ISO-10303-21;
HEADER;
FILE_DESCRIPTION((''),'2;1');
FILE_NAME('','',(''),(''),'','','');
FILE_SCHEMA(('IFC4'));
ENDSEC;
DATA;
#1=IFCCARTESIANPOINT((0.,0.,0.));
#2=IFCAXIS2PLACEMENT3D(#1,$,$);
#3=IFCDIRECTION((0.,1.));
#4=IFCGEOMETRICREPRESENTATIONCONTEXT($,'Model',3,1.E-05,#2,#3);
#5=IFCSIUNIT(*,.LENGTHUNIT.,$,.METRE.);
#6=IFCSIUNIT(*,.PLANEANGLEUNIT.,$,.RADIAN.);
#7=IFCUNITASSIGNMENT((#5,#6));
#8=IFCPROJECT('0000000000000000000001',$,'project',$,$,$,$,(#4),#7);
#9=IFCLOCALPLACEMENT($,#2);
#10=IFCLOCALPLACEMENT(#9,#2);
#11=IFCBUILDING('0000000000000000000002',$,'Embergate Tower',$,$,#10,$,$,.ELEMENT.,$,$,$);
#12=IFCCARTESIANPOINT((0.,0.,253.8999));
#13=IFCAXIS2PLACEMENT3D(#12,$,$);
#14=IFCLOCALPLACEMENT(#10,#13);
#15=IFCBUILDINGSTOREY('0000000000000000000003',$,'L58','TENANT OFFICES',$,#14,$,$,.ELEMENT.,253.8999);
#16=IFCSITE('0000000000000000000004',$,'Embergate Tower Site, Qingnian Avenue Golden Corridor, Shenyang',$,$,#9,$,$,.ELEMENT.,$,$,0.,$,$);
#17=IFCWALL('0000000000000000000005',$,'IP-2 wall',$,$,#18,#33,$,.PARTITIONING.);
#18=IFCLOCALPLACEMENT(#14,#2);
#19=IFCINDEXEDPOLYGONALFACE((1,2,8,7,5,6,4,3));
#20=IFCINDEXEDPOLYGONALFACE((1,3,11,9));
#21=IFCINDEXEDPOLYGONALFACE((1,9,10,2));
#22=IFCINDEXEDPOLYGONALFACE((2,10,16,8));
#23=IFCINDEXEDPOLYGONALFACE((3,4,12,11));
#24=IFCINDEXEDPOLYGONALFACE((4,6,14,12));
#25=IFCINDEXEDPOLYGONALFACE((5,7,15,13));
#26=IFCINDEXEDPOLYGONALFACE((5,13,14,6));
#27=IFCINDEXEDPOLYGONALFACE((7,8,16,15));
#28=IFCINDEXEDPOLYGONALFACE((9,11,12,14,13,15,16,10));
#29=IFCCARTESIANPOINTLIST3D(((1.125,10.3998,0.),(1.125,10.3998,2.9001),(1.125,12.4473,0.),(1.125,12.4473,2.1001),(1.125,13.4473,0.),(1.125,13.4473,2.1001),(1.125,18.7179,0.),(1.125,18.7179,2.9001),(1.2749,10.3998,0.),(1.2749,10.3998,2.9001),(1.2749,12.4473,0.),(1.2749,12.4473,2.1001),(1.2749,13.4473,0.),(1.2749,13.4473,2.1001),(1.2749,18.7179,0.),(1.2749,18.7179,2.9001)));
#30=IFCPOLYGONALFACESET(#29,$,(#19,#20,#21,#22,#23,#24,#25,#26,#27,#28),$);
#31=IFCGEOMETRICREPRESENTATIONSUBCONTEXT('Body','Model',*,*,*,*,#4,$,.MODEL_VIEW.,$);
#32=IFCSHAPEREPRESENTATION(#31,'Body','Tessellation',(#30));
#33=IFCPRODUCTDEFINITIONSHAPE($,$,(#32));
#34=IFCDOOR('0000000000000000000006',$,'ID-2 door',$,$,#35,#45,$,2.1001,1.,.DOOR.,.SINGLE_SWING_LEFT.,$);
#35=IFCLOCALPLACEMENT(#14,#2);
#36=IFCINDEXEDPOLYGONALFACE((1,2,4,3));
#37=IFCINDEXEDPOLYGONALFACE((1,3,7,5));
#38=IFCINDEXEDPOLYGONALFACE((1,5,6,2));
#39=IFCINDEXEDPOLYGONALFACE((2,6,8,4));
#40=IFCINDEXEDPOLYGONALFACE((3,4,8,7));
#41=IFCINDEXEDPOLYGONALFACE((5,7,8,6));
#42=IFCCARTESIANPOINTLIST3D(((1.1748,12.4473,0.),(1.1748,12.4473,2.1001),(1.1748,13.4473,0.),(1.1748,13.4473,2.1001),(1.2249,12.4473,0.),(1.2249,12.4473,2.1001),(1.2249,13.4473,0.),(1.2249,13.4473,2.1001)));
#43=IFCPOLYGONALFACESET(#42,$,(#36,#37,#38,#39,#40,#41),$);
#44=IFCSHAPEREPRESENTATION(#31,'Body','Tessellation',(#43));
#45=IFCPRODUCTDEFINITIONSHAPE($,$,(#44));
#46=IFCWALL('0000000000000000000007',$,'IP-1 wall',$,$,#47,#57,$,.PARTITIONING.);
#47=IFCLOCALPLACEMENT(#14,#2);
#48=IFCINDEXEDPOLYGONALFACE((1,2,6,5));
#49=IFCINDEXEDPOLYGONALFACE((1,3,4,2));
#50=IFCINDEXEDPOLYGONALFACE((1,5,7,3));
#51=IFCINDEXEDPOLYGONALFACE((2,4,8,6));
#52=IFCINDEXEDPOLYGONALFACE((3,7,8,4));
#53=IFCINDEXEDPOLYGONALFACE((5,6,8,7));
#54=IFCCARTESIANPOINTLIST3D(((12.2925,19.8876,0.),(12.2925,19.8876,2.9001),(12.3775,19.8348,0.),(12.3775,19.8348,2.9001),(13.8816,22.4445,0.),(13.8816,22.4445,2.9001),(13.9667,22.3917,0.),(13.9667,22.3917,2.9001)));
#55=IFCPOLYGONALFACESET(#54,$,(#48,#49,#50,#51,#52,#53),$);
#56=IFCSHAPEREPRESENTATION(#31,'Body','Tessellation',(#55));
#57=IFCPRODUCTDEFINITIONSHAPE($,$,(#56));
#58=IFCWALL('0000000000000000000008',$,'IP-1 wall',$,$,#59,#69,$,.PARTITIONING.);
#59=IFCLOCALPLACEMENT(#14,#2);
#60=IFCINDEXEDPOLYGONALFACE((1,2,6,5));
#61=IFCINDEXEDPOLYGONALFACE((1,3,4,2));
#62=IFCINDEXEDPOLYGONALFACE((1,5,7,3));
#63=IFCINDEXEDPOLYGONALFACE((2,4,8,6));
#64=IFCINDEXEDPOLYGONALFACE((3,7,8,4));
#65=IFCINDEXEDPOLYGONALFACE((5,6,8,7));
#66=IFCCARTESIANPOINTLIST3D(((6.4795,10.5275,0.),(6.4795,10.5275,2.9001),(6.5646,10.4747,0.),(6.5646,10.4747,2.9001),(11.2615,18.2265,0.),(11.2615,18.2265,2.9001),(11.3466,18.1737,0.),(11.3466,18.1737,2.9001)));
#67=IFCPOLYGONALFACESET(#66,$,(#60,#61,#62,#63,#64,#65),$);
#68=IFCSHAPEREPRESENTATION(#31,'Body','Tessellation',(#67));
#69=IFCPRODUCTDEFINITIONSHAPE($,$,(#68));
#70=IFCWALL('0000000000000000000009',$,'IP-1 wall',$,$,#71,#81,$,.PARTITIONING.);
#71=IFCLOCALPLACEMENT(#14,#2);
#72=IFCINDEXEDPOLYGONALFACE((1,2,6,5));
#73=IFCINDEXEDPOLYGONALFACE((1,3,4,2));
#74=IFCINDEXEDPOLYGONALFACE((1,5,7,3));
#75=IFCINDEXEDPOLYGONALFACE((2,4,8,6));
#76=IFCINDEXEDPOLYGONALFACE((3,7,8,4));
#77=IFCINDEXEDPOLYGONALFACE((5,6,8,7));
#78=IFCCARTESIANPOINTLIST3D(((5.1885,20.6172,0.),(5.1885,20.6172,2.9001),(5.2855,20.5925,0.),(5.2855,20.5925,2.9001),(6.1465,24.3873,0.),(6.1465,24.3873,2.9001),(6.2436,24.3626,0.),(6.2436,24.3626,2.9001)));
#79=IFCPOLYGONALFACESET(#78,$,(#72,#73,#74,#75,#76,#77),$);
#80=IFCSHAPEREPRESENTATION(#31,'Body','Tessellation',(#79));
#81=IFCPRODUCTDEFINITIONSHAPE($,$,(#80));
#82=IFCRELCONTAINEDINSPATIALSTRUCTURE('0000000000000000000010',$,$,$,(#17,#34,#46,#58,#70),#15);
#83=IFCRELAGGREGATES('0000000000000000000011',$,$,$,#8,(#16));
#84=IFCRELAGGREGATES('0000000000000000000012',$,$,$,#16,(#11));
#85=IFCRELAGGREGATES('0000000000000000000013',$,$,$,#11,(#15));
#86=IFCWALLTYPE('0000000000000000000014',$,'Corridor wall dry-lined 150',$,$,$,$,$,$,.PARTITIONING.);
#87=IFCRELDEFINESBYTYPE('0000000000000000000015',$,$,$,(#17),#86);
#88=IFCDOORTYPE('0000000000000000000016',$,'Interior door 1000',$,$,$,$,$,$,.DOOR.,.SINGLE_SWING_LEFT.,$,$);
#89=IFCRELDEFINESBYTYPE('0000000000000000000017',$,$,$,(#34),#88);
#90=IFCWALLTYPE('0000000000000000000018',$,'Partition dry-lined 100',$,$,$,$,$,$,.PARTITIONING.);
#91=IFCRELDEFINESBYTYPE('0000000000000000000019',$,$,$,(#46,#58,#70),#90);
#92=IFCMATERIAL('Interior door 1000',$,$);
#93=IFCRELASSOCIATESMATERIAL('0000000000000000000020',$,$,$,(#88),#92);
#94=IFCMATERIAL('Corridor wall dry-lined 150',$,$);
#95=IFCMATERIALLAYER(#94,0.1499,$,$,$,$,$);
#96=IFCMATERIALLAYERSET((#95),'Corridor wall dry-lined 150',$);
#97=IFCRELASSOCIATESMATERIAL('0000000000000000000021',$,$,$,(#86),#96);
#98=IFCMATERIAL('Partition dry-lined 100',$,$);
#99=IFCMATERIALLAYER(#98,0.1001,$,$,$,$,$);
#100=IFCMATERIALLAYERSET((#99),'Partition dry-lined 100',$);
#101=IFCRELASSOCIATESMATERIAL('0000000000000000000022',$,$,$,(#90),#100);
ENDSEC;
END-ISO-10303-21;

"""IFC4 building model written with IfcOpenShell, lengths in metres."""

from ifc_helpers import new_model, si_unit, direction, frame, frame_2d, origin, place, context, subcontext, project, spatial, rectangle, extrude, source, transform, mapped, material, layer, layer_set, type_object, element, fill, save


model = new_model("IFC4")

# Units and contexts
model_context = context("Model", 3, precision=1e-05, world=origin(), true_north=direction((0.0, 1.0)))
body_context = subcontext(model_context, "Body", "Model", "MODEL_VIEW")
ifc_project = project(units=[si_unit("LENGTHUNIT", "METRE"), si_unit("PLANEANGLEUNIT", "RADIAN")], contexts=[model_context])

# Site, building, storey
site_placement = place(None, origin())
site = spatial("IfcSite", under=ifc_project, at=site_placement, Name="Embergate Tower Site, Qingnian Avenue Golden Corridor, Shenyang", CompositionType="ELEMENT", RefElevation=0.0)
building_placement = place(site_placement, origin())
building = spatial("IfcBuilding", under=site, at=building_placement, Name="Embergate Tower", CompositionType="ELEMENT")
storey_placement = place(building_placement, frame((0.0, 0.0, 253.8999)))
storey = spatial("IfcBuildingStorey", under=building, at=storey_placement, Name="L58", Description="TENANT OFFICES", CompositionType="ELEMENT", Elevation=253.8999)

# Shared definitions
shared_shape_1 = source(origin(), body_context, "Body", "SweptSolid", [
    extrude(rectangle(XDim=1.0, YDim=2.1001, at=frame_2d((0.5, 1.05))), frame((0.0, 0.085, 0.0), z_axis=(0.0, -1.0, 0.0), x_axis=(1.0, 0.0, 0.0)), (0.0, 0.0, 1.0), 0.1699),
])
ifc_material_1 = material(Name="Interior door 1000")
door_type_1 = type_object("IfcDoorType", Name="Interior door 1000", OperationType="SINGLE_SWING_LEFT", PredefinedType="DOOR", material=ifc_material_1)
shared_shape_2 = source(origin(), body_context, "Body", "SweptSolid", [
    extrude(rectangle(XDim=1.0, YDim=2.1001, at=frame_2d((0.5, 1.05))), frame((0.0, 0.0249, 0.0), z_axis=(0.0, -1.0, 0.0), x_axis=(1.0, 0.0, 0.0)), (0.0, 0.0, 1.0), 0.05),
])
ifc_material_2 = material(Name="Corridor wall dry-lined 150")
ifc_layer_1 = layer(ifc_material_2, 0.1499)
ifc_layer_set_1 = layer_set([ifc_layer_1], Name="Corridor wall dry-lined 150")
wall_type_1 = type_object("IfcWallType", Name="Corridor wall dry-lined 150", PredefinedType="PARTITIONING", material=ifc_layer_set_1)

# Wall, opening, door
shared_shape_3 = source(origin(), body_context, "Body", "SweptSolid", [
    extrude(rectangle(XDim=8.3181, YDim=0.1499, at=frame_2d((4.1592, 0.0))), origin(), (0.0, 0.0, 1.0), 2.9001),
])
wall_1_placement = place(storey_placement, frame((1.2, 18.718, 0.0), z_axis=(0.0, 0.0, 1.0), x_axis=(0.0, -1.0, 0.0)))
wall_1 = element("IfcWall", 1, at=wall_1_placement, inside=storey, type_object=wall_type_1, Name="IP-2 wall", PredefinedType="PARTITIONING", context=body_context, shape_type="MappedRepresentation", body=[
    mapped(shared_shape_3, transform((0.0, 0.0, 0.0))),
])
opening_1_placement = place(wall_1_placement, frame((5.2708, 0.0, 0.0)))
opening_1 = element("IfcOpeningElement", 2, at=opening_1_placement, cuts=wall_1, PredefinedType="OPENING", context=body_context, shape_type="MappedRepresentation", body=[
    mapped(shared_shape_1, transform((0.0, 0.0, 0.0))),
])
door_1_placement = place(opening_1_placement, origin())
door_1 = element("IfcDoor", 3, at=door_1_placement, inside=storey, type_object=door_type_1, Name="ID-2 door", OperationType="SINGLE_SWING_LEFT", OverallHeight=2.1001, OverallWidth=1.0, PredefinedType="DOOR", context=body_context, shape_type="MappedRepresentation", body=[
    mapped(shared_shape_2, transform((0.0, 0.0, 0.0))),
])
fill(opening_1, door_1)

# Walls
ifc_material_3 = material(Name="Partition dry-lined 100")
ifc_layer_2 = layer(ifc_material_3, 0.1001)
ifc_layer_set_2 = layer_set([ifc_layer_2], Name="Partition dry-lined 100")
wall_type_2 = type_object("IfcWallType", Name="Partition dry-lined 100", PredefinedType="PARTITIONING", material=ifc_layer_set_2)
shared_shape_4 = source(origin(), body_context, "Body", "SweptSolid", [
    extrude(rectangle(XDim=3.0105, YDim=0.1001, at=frame_2d((1.5054, 0.0))), origin(), (0.0, 0.0, 1.0), 2.9001),
])
wall_2_placement = place(storey_placement, frame((12.335, 19.8611, 0.0), z_axis=(0.0, 0.0, 1.0), x_axis=(0.527861, 0.849331, 0.0)))
element("IfcWall", 4, at=wall_2_placement, inside=storey, type_object=wall_type_2, Name="IP-1 wall", PredefinedType="PARTITIONING", context=body_context, shape_type="MappedRepresentation", body=[
    mapped(shared_shape_4, transform((0.0, 0.0, 0.0))),
])
shared_shape_5 = source(origin(), body_context, "Body", "SweptSolid", [
    extrude(rectangle(XDim=9.0632, YDim=0.1001, at=frame_2d((4.5317, 0.0))), origin(), (0.0, 0.0, 1.0), 2.9001),
])
wall_3_placement = place(storey_placement, frame((6.522, 10.501, 0.0), z_axis=(0.0, 0.0, 1.0), x_axis=(0.527626, 0.849477, 0.0)))
element("IfcWall", 5, at=wall_3_placement, inside=storey, type_object=wall_type_2, Name="IP-1 wall", PredefinedType="PARTITIONING", context=body_context, shape_type="MappedRepresentation", body=[
    mapped(shared_shape_5, transform((0.0, 0.0, 0.0))),
])
shared_shape_6 = source(origin(), body_context, "Body", "SweptSolid", [
    extrude(rectangle(XDim=3.8899, YDim=0.1001, at=frame_2d((1.9448, 0.0))), origin(), (0.0, 0.0, 1.0), 2.9001),
])
wall_4_placement = place(storey_placement, frame((5.2371, 20.605, 0.0), z_axis=(0.0, 0.0, 1.0), x_axis=(0.246285, 0.969197, 0.0)))
element("IfcWall", 6, at=wall_4_placement, inside=storey, type_object=wall_type_2, Name="IP-1 wall", PredefinedType="PARTITIONING", context=body_context, shape_type="MappedRepresentation", body=[
    mapped(shared_shape_6, transform((0.0, 0.0, 0.0))),
])

save(model, "model.ifc")
